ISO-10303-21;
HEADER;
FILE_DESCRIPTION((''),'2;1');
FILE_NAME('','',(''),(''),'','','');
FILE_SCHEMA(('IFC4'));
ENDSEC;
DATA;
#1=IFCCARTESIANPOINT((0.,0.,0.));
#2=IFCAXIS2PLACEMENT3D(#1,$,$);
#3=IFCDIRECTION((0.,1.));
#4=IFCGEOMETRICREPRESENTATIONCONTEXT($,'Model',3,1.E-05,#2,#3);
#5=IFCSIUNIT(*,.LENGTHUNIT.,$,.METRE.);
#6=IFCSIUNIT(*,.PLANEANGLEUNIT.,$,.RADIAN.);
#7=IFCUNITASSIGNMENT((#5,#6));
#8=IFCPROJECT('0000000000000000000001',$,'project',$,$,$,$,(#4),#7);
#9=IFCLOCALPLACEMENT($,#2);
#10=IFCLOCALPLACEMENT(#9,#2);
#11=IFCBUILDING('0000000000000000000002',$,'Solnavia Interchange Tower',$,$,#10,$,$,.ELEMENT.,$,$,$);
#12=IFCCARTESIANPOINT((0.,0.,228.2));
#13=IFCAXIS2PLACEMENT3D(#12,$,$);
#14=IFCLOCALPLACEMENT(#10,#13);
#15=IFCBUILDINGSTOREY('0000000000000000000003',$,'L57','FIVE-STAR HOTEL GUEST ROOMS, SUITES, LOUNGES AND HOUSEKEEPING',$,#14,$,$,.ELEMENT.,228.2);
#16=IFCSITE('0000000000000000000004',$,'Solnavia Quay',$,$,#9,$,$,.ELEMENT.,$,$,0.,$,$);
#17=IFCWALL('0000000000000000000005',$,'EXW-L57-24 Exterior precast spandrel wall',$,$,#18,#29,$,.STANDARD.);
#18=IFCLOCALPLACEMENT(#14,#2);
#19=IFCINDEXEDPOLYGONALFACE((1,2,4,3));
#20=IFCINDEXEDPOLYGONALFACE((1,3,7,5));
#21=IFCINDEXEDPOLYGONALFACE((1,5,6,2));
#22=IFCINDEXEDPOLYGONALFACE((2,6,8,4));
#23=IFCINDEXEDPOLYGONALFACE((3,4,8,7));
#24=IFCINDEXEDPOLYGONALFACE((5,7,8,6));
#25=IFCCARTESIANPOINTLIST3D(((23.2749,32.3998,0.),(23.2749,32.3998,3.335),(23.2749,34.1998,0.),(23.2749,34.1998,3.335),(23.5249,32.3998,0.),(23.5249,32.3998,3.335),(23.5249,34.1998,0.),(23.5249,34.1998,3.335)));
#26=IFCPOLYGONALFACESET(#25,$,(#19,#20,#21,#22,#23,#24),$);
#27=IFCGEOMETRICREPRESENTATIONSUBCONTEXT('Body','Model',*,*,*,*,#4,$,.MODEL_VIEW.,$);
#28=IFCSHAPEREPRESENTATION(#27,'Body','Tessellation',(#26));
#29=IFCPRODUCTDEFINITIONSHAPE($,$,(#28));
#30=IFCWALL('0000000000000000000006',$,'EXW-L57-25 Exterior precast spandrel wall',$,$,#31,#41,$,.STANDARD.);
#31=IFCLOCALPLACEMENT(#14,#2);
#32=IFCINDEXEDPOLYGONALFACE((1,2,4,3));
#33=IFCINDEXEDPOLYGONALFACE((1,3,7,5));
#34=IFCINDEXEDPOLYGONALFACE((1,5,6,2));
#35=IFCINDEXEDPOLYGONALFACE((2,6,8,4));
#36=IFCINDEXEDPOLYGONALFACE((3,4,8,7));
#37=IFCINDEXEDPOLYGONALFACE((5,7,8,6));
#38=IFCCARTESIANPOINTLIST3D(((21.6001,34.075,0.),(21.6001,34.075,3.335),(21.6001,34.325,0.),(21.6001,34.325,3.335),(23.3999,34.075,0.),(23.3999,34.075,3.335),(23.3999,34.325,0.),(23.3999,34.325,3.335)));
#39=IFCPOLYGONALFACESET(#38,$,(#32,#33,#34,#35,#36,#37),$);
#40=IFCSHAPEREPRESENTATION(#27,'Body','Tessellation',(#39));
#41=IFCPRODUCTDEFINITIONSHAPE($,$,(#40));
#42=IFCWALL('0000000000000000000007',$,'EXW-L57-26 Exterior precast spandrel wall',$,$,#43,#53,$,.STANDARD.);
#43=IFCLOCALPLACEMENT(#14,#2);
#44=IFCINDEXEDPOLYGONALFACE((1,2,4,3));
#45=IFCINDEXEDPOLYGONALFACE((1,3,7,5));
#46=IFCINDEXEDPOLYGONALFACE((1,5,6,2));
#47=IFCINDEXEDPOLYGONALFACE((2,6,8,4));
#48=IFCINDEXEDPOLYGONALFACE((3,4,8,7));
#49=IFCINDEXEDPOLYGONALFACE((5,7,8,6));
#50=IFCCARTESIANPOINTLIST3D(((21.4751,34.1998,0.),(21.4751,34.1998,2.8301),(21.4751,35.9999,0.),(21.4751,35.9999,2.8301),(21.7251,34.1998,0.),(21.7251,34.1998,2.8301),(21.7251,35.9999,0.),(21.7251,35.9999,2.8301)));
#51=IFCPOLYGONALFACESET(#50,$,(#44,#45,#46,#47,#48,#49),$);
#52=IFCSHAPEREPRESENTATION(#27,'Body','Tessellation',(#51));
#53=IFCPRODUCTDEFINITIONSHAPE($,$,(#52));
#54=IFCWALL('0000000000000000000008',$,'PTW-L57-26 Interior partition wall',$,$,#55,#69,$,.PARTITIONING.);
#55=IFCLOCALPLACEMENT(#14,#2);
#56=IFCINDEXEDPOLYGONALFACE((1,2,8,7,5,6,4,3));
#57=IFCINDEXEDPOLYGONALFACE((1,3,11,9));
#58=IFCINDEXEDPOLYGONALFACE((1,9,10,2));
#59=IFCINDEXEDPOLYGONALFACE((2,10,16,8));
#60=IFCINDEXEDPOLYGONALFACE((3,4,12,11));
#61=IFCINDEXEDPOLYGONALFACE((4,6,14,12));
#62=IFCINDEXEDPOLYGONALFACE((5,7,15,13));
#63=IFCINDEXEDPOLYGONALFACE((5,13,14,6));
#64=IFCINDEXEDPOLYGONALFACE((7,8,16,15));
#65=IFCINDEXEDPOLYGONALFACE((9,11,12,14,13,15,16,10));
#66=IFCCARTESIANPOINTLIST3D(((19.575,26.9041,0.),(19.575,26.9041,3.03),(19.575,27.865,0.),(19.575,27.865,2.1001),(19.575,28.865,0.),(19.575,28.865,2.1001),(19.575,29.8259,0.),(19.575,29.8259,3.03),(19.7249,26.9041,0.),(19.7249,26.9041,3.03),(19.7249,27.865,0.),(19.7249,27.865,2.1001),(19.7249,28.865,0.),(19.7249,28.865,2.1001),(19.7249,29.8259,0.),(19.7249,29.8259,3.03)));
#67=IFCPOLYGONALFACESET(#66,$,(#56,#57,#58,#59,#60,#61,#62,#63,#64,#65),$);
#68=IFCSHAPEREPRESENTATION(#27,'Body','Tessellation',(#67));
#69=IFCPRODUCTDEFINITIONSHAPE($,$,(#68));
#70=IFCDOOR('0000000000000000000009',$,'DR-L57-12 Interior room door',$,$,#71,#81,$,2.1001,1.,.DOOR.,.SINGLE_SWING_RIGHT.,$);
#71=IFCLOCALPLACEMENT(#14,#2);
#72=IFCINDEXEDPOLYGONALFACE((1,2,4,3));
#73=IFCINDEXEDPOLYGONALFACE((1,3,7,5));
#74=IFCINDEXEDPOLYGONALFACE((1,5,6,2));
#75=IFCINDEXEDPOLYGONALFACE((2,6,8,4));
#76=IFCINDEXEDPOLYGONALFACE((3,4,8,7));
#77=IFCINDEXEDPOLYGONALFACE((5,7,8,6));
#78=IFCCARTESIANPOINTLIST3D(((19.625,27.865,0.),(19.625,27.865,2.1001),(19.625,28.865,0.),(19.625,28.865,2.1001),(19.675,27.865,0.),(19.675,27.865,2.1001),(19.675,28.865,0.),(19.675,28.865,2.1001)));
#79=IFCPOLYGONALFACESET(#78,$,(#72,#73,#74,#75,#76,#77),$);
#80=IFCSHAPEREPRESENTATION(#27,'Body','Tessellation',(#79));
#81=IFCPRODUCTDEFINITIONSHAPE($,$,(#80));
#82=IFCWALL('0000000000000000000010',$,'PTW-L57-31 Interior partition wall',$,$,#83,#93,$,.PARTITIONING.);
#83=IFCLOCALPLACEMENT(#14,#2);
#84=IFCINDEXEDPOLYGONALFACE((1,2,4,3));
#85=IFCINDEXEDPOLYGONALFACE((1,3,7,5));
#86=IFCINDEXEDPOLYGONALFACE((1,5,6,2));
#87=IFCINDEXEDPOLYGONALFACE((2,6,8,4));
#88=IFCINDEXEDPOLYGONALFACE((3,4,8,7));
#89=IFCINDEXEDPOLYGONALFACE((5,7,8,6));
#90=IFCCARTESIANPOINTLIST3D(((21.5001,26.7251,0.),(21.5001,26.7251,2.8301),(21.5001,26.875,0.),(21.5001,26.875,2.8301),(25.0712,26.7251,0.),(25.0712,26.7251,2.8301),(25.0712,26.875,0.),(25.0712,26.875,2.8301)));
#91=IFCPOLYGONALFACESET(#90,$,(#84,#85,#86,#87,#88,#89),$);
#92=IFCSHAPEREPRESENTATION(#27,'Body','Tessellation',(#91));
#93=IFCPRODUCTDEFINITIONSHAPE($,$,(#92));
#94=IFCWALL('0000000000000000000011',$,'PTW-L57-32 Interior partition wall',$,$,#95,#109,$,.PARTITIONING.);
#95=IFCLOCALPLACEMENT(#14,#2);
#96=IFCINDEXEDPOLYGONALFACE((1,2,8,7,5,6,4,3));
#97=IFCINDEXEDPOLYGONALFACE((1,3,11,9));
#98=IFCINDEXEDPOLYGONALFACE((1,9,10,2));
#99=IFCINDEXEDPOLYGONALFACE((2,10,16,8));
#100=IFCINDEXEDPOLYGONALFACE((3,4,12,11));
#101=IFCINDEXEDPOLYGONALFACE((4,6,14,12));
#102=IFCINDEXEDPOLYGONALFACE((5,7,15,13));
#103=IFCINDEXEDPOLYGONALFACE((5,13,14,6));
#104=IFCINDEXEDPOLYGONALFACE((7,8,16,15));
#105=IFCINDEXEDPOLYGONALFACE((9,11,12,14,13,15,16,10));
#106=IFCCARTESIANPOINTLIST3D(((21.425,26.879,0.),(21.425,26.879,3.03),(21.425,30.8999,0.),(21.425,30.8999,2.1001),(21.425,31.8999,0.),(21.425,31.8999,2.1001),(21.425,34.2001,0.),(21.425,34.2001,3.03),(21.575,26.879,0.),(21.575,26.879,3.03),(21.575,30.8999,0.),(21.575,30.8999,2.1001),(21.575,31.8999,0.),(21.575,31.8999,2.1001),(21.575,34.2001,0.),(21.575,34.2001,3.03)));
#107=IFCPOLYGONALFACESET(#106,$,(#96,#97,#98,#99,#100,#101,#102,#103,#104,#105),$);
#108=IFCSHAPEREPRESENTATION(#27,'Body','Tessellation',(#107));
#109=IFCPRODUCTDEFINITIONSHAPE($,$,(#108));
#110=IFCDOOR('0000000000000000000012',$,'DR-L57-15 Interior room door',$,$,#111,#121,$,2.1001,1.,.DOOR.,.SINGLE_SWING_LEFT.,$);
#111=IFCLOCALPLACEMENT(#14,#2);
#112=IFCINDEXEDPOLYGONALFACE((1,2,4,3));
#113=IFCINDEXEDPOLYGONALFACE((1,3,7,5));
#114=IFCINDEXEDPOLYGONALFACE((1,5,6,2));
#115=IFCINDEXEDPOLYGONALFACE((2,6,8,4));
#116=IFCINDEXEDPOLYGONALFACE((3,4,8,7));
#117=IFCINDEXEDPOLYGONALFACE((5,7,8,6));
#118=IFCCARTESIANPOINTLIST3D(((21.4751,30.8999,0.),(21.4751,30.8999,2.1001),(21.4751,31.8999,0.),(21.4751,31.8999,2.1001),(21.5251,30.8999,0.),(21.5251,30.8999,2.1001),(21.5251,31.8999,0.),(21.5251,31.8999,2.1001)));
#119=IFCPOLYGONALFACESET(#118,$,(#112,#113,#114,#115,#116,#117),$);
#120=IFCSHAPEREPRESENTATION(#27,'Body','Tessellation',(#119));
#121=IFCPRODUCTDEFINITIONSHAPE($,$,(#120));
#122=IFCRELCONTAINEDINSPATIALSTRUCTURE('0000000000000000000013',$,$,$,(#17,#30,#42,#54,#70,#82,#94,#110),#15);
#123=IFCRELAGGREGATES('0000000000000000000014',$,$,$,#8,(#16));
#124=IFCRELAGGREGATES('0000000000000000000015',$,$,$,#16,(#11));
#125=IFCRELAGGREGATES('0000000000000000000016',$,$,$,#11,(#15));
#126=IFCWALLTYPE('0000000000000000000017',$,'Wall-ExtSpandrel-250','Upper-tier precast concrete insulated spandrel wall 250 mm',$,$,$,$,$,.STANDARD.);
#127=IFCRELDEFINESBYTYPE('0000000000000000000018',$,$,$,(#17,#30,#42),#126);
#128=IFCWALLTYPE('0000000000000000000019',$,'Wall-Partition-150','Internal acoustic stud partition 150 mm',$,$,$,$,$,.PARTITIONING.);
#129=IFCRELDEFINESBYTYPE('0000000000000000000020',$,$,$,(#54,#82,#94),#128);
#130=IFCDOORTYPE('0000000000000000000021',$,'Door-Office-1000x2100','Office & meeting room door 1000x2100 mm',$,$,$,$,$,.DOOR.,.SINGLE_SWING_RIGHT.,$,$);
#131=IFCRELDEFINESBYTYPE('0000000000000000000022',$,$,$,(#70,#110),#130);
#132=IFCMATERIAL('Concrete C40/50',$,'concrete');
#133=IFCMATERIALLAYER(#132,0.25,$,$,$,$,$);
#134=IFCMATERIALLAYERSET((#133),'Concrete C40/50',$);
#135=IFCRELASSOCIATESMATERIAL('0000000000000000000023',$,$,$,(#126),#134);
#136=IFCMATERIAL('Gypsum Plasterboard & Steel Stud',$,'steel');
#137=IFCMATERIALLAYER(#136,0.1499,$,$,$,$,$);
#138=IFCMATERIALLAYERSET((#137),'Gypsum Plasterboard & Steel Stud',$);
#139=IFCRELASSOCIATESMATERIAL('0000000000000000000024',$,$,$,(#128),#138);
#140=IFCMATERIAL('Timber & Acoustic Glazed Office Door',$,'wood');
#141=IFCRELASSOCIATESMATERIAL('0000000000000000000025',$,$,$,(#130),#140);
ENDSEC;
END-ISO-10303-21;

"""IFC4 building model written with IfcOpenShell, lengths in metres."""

from ifc_helpers import new_model, si_unit, direction, frame, frame_2d, origin, place, context, subcontext, project, spatial, rectangle, extrude, material, layer, layer_set, type_object, element, fill, save


model = new_model("IFC4")

# Units and contexts
model_context = context("Model", 3, precision=1e-05, world=origin(), true_north=direction((0.0, 1.0)))
body_context = subcontext(model_context, "Body", "Model", "MODEL_VIEW")
ifc_project = project(units=[si_unit("LENGTHUNIT", "METRE"), si_unit("PLANEANGLEUNIT", "RADIAN")], contexts=[model_context])

# Site, building, storey
site_placement = place(None, origin())
site = spatial("IfcSite", under=ifc_project, at=site_placement, Name="Solnavia Quay", CompositionType="ELEMENT", RefElevation=0.0)
building_placement = place(site_placement, origin())
building = spatial("IfcBuilding", under=site, at=building_placement, Name="Solnavia Interchange Tower", CompositionType="ELEMENT")
storey_placement = place(building_placement, frame((0.0, 0.0, 228.2)))
storey = spatial("IfcBuildingStorey", under=building, at=storey_placement, Name="L57", Description="FIVE-STAR HOTEL GUEST ROOMS, SUITES, LOUNGES AND HOUSEKEEPING", CompositionType="ELEMENT", Elevation=228.2)

# Shared definitions
ifc_material_1 = material(Name="Concrete C40/50", Category="concrete")
ifc_layer_1 = layer(ifc_material_1, 0.25)
ifc_layer_set_1 = layer_set([ifc_layer_1], Name="Concrete C40/50")
wall_type_1 = type_object("IfcWallType", Name="Wall-ExtSpandrel-250", Description="Upper-tier precast concrete insulated spandrel wall 250 mm", PredefinedType="STANDARD", material=ifc_layer_set_1)

# Walls
wall_1_placement = place(storey_placement, frame((23.3999, 32.3999, 0.0), z_axis=(0.0, 0.0, 1.0), x_axis=(0.0, 1.0, 0.0)))
element("IfcWall", 1, at=wall_1_placement, inside=storey, type_object=wall_type_1, Name="EXW-L57-24 Exterior precast spandrel wall", PredefinedType="STANDARD", context=body_context, shape_type="SweptSolid", body=[
    extrude(rectangle(XDim=1.8, YDim=0.25, at=frame_2d((0.8999, 0.0))), origin(), (0.0, 0.0, 1.0), 3.335),
])
wall_2_placement = place(storey_placement, frame((21.6001, 34.2, 0.0), z_axis=(0.0, 0.0, 1.0), x_axis=(1.0, 0.0, 0.0)))
element("IfcWall", 2, at=wall_2_placement, inside=storey, type_object=wall_type_1, Name="EXW-L57-25 Exterior precast spandrel wall", PredefinedType="STANDARD", context=body_context, shape_type="SweptSolid", body=[
    extrude(rectangle(XDim=1.7998, YDim=0.25, at=frame_2d((0.8999, 0.0))), origin(), (0.0, 0.0, 1.0), 3.335),
])
wall_3_placement = place(storey_placement, frame((21.6001, 34.2, 0.0), z_axis=(0.0, 0.0, 1.0), x_axis=(0.0, 1.0, 0.0)))
element("IfcWall", 3, at=wall_3_placement, inside=storey, type_object=wall_type_1, Name="EXW-L57-26 Exterior precast spandrel wall", PredefinedType="STANDARD", context=body_context, shape_type="SweptSolid", body=[
    extrude(rectangle(XDim=1.8, YDim=0.25, at=frame_2d((0.8999, 0.0))), origin(), (0.0, 0.0, 1.0), 2.8301),
])

# Wall, opening, door
ifc_material_2 = material(Name="Gypsum Plasterboard & Steel Stud", Category="steel")
ifc_layer_2 = layer(ifc_material_2, 0.1499)
ifc_layer_set_2 = layer_set([ifc_layer_2], Name="Gypsum Plasterboard & Steel Stud")
wall_type_2 = type_object("IfcWallType", Name="Wall-Partition-150", Description="Internal acoustic stud partition 150 mm", PredefinedType="PARTITIONING", material=ifc_layer_set_2)
wall_4_placement = place(storey_placement, frame((19.6499, 26.9041, 0.0), z_axis=(0.0, 0.0, 1.0), x_axis=(0.0, 1.0, 0.0)))
wall_4 = element("IfcWall", 4, at=wall_4_placement, inside=storey, type_object=wall_type_2, Name="PTW-L57-26 Interior partition wall", PredefinedType="PARTITIONING", context=body_context, shape_type="SweptSolid", body=[
    extrude(rectangle(XDim=2.9219, YDim=0.1499, at=frame_2d((1.4609, 0.0))), origin(), (0.0, 0.0, 1.0), 3.03),
])
opening_1_placement = place(wall_4_placement, frame((0.9609, 0.0, 0.0)))
opening_1 = element("IfcOpeningElement", 5, at=opening_1_placement, cuts=wall_4, PredefinedType="OPENING", context=body_context, shape_type="SweptSolid", body=[
    extrude(rectangle(XDim=1.0, YDim=2.1001, at=frame_2d((0.5, 1.05))), frame((0.0, 0.085, 0.0), z_axis=(0.0, -1.0, 0.0), x_axis=(1.0, 0.0, 0.0)), (0.0, 0.0, 1.0), 0.1699),
])
ifc_material_3 = material(Name="Timber & Acoustic Glazed Office Door", Category="wood")
door_type_1 = type_object("IfcDoorType", Name="Door-Office-1000x2100", Description="Office & meeting room door 1000x2100 mm", OperationType="SINGLE_SWING_RIGHT", PredefinedType="DOOR", material=ifc_material_3)
door_1_placement = place(opening_1_placement, origin())
door_1 = element("IfcDoor", 6, at=door_1_placement, inside=storey, type_object=door_type_1, Name="DR-L57-12 Interior room door", OperationType="SINGLE_SWING_RIGHT", OverallHeight=2.1001, OverallWidth=1.0, PredefinedType="DOOR", context=body_context, shape_type="SweptSolid", body=[
    extrude(rectangle(XDim=1.0, YDim=2.1001, at=frame_2d((0.5, 1.05))), frame((0.0, 0.0249, 0.0), z_axis=(0.0, -1.0, 0.0), x_axis=(1.0, 0.0, 0.0)), (0.0, 0.0, 1.0), 0.05),
])
fill(opening_1, door_1)

# Wall
wall_5_placement = place(storey_placement, frame((21.5, 26.8, 0.0), z_axis=(0.0, 0.0, 1.0), x_axis=(1.0, 0.0, 0.0)))
element("IfcWall", 7, at=wall_5_placement, inside=storey, type_object=wall_type_2, Name="PTW-L57-31 Interior partition wall", PredefinedType="PARTITIONING", context=body_context, shape_type="SweptSolid", body=[
    extrude(rectangle(XDim=3.571, YDim=0.1499, at=frame_2d((1.7856, 0.0))), origin(), (0.0, 0.0, 1.0), 2.8301),
])

# Wall, opening, door
wall_6_placement = place(storey_placement, frame((21.5, 26.8789, 0.0), z_axis=(0.0, 0.0, 1.0), x_axis=(0.0, 1.0, 0.0)))
wall_6 = element("IfcWall", 8, at=wall_6_placement, inside=storey, type_object=wall_type_2, Name="PTW-L57-32 Interior partition wall", PredefinedType="PARTITIONING", context=body_context, shape_type="SweptSolid", body=[
    extrude(rectangle(XDim=7.321, YDim=0.1499, at=frame_2d((3.6606, 0.0))), origin(), (0.0, 0.0, 1.0), 3.03),
])
opening_2_placement = place(wall_6_placement, frame((4.021, 0.0, 0.0)))
opening_2 = element("IfcOpeningElement", 9, at=opening_2_placement, cuts=wall_6, PredefinedType="OPENING", context=body_context, shape_type="SweptSolid", body=[
    extrude(rectangle(XDim=1.0, YDim=2.1001, at=frame_2d((0.5, 1.05))), frame((0.0, 0.085, 0.0), z_axis=(0.0, -1.0, 0.0), x_axis=(1.0, 0.0, 0.0)), (0.0, 0.0, 1.0), 0.1699),
])
door_2_placement = place(opening_2_placement, origin())
door_2 = element("IfcDoor", 10, at=door_2_placement, inside=storey, type_object=door_type_1, Name="DR-L57-15 Interior room door", OperationType="SINGLE_SWING_LEFT", OverallHeight=2.1001, OverallWidth=1.0, PredefinedType="DOOR", context=body_context, shape_type="SweptSolid", body=[
    extrude(rectangle(XDim=1.0, YDim=2.1001, at=frame_2d((0.5, 1.05))), frame((0.0, 0.0249, 0.0), z_axis=(0.0, -1.0, 0.0), x_axis=(1.0, 0.0, 0.0)), (0.0, 0.0, 1.0), 0.05),
])
fill(opening_2, door_2)

save(model, "model.ifc")
